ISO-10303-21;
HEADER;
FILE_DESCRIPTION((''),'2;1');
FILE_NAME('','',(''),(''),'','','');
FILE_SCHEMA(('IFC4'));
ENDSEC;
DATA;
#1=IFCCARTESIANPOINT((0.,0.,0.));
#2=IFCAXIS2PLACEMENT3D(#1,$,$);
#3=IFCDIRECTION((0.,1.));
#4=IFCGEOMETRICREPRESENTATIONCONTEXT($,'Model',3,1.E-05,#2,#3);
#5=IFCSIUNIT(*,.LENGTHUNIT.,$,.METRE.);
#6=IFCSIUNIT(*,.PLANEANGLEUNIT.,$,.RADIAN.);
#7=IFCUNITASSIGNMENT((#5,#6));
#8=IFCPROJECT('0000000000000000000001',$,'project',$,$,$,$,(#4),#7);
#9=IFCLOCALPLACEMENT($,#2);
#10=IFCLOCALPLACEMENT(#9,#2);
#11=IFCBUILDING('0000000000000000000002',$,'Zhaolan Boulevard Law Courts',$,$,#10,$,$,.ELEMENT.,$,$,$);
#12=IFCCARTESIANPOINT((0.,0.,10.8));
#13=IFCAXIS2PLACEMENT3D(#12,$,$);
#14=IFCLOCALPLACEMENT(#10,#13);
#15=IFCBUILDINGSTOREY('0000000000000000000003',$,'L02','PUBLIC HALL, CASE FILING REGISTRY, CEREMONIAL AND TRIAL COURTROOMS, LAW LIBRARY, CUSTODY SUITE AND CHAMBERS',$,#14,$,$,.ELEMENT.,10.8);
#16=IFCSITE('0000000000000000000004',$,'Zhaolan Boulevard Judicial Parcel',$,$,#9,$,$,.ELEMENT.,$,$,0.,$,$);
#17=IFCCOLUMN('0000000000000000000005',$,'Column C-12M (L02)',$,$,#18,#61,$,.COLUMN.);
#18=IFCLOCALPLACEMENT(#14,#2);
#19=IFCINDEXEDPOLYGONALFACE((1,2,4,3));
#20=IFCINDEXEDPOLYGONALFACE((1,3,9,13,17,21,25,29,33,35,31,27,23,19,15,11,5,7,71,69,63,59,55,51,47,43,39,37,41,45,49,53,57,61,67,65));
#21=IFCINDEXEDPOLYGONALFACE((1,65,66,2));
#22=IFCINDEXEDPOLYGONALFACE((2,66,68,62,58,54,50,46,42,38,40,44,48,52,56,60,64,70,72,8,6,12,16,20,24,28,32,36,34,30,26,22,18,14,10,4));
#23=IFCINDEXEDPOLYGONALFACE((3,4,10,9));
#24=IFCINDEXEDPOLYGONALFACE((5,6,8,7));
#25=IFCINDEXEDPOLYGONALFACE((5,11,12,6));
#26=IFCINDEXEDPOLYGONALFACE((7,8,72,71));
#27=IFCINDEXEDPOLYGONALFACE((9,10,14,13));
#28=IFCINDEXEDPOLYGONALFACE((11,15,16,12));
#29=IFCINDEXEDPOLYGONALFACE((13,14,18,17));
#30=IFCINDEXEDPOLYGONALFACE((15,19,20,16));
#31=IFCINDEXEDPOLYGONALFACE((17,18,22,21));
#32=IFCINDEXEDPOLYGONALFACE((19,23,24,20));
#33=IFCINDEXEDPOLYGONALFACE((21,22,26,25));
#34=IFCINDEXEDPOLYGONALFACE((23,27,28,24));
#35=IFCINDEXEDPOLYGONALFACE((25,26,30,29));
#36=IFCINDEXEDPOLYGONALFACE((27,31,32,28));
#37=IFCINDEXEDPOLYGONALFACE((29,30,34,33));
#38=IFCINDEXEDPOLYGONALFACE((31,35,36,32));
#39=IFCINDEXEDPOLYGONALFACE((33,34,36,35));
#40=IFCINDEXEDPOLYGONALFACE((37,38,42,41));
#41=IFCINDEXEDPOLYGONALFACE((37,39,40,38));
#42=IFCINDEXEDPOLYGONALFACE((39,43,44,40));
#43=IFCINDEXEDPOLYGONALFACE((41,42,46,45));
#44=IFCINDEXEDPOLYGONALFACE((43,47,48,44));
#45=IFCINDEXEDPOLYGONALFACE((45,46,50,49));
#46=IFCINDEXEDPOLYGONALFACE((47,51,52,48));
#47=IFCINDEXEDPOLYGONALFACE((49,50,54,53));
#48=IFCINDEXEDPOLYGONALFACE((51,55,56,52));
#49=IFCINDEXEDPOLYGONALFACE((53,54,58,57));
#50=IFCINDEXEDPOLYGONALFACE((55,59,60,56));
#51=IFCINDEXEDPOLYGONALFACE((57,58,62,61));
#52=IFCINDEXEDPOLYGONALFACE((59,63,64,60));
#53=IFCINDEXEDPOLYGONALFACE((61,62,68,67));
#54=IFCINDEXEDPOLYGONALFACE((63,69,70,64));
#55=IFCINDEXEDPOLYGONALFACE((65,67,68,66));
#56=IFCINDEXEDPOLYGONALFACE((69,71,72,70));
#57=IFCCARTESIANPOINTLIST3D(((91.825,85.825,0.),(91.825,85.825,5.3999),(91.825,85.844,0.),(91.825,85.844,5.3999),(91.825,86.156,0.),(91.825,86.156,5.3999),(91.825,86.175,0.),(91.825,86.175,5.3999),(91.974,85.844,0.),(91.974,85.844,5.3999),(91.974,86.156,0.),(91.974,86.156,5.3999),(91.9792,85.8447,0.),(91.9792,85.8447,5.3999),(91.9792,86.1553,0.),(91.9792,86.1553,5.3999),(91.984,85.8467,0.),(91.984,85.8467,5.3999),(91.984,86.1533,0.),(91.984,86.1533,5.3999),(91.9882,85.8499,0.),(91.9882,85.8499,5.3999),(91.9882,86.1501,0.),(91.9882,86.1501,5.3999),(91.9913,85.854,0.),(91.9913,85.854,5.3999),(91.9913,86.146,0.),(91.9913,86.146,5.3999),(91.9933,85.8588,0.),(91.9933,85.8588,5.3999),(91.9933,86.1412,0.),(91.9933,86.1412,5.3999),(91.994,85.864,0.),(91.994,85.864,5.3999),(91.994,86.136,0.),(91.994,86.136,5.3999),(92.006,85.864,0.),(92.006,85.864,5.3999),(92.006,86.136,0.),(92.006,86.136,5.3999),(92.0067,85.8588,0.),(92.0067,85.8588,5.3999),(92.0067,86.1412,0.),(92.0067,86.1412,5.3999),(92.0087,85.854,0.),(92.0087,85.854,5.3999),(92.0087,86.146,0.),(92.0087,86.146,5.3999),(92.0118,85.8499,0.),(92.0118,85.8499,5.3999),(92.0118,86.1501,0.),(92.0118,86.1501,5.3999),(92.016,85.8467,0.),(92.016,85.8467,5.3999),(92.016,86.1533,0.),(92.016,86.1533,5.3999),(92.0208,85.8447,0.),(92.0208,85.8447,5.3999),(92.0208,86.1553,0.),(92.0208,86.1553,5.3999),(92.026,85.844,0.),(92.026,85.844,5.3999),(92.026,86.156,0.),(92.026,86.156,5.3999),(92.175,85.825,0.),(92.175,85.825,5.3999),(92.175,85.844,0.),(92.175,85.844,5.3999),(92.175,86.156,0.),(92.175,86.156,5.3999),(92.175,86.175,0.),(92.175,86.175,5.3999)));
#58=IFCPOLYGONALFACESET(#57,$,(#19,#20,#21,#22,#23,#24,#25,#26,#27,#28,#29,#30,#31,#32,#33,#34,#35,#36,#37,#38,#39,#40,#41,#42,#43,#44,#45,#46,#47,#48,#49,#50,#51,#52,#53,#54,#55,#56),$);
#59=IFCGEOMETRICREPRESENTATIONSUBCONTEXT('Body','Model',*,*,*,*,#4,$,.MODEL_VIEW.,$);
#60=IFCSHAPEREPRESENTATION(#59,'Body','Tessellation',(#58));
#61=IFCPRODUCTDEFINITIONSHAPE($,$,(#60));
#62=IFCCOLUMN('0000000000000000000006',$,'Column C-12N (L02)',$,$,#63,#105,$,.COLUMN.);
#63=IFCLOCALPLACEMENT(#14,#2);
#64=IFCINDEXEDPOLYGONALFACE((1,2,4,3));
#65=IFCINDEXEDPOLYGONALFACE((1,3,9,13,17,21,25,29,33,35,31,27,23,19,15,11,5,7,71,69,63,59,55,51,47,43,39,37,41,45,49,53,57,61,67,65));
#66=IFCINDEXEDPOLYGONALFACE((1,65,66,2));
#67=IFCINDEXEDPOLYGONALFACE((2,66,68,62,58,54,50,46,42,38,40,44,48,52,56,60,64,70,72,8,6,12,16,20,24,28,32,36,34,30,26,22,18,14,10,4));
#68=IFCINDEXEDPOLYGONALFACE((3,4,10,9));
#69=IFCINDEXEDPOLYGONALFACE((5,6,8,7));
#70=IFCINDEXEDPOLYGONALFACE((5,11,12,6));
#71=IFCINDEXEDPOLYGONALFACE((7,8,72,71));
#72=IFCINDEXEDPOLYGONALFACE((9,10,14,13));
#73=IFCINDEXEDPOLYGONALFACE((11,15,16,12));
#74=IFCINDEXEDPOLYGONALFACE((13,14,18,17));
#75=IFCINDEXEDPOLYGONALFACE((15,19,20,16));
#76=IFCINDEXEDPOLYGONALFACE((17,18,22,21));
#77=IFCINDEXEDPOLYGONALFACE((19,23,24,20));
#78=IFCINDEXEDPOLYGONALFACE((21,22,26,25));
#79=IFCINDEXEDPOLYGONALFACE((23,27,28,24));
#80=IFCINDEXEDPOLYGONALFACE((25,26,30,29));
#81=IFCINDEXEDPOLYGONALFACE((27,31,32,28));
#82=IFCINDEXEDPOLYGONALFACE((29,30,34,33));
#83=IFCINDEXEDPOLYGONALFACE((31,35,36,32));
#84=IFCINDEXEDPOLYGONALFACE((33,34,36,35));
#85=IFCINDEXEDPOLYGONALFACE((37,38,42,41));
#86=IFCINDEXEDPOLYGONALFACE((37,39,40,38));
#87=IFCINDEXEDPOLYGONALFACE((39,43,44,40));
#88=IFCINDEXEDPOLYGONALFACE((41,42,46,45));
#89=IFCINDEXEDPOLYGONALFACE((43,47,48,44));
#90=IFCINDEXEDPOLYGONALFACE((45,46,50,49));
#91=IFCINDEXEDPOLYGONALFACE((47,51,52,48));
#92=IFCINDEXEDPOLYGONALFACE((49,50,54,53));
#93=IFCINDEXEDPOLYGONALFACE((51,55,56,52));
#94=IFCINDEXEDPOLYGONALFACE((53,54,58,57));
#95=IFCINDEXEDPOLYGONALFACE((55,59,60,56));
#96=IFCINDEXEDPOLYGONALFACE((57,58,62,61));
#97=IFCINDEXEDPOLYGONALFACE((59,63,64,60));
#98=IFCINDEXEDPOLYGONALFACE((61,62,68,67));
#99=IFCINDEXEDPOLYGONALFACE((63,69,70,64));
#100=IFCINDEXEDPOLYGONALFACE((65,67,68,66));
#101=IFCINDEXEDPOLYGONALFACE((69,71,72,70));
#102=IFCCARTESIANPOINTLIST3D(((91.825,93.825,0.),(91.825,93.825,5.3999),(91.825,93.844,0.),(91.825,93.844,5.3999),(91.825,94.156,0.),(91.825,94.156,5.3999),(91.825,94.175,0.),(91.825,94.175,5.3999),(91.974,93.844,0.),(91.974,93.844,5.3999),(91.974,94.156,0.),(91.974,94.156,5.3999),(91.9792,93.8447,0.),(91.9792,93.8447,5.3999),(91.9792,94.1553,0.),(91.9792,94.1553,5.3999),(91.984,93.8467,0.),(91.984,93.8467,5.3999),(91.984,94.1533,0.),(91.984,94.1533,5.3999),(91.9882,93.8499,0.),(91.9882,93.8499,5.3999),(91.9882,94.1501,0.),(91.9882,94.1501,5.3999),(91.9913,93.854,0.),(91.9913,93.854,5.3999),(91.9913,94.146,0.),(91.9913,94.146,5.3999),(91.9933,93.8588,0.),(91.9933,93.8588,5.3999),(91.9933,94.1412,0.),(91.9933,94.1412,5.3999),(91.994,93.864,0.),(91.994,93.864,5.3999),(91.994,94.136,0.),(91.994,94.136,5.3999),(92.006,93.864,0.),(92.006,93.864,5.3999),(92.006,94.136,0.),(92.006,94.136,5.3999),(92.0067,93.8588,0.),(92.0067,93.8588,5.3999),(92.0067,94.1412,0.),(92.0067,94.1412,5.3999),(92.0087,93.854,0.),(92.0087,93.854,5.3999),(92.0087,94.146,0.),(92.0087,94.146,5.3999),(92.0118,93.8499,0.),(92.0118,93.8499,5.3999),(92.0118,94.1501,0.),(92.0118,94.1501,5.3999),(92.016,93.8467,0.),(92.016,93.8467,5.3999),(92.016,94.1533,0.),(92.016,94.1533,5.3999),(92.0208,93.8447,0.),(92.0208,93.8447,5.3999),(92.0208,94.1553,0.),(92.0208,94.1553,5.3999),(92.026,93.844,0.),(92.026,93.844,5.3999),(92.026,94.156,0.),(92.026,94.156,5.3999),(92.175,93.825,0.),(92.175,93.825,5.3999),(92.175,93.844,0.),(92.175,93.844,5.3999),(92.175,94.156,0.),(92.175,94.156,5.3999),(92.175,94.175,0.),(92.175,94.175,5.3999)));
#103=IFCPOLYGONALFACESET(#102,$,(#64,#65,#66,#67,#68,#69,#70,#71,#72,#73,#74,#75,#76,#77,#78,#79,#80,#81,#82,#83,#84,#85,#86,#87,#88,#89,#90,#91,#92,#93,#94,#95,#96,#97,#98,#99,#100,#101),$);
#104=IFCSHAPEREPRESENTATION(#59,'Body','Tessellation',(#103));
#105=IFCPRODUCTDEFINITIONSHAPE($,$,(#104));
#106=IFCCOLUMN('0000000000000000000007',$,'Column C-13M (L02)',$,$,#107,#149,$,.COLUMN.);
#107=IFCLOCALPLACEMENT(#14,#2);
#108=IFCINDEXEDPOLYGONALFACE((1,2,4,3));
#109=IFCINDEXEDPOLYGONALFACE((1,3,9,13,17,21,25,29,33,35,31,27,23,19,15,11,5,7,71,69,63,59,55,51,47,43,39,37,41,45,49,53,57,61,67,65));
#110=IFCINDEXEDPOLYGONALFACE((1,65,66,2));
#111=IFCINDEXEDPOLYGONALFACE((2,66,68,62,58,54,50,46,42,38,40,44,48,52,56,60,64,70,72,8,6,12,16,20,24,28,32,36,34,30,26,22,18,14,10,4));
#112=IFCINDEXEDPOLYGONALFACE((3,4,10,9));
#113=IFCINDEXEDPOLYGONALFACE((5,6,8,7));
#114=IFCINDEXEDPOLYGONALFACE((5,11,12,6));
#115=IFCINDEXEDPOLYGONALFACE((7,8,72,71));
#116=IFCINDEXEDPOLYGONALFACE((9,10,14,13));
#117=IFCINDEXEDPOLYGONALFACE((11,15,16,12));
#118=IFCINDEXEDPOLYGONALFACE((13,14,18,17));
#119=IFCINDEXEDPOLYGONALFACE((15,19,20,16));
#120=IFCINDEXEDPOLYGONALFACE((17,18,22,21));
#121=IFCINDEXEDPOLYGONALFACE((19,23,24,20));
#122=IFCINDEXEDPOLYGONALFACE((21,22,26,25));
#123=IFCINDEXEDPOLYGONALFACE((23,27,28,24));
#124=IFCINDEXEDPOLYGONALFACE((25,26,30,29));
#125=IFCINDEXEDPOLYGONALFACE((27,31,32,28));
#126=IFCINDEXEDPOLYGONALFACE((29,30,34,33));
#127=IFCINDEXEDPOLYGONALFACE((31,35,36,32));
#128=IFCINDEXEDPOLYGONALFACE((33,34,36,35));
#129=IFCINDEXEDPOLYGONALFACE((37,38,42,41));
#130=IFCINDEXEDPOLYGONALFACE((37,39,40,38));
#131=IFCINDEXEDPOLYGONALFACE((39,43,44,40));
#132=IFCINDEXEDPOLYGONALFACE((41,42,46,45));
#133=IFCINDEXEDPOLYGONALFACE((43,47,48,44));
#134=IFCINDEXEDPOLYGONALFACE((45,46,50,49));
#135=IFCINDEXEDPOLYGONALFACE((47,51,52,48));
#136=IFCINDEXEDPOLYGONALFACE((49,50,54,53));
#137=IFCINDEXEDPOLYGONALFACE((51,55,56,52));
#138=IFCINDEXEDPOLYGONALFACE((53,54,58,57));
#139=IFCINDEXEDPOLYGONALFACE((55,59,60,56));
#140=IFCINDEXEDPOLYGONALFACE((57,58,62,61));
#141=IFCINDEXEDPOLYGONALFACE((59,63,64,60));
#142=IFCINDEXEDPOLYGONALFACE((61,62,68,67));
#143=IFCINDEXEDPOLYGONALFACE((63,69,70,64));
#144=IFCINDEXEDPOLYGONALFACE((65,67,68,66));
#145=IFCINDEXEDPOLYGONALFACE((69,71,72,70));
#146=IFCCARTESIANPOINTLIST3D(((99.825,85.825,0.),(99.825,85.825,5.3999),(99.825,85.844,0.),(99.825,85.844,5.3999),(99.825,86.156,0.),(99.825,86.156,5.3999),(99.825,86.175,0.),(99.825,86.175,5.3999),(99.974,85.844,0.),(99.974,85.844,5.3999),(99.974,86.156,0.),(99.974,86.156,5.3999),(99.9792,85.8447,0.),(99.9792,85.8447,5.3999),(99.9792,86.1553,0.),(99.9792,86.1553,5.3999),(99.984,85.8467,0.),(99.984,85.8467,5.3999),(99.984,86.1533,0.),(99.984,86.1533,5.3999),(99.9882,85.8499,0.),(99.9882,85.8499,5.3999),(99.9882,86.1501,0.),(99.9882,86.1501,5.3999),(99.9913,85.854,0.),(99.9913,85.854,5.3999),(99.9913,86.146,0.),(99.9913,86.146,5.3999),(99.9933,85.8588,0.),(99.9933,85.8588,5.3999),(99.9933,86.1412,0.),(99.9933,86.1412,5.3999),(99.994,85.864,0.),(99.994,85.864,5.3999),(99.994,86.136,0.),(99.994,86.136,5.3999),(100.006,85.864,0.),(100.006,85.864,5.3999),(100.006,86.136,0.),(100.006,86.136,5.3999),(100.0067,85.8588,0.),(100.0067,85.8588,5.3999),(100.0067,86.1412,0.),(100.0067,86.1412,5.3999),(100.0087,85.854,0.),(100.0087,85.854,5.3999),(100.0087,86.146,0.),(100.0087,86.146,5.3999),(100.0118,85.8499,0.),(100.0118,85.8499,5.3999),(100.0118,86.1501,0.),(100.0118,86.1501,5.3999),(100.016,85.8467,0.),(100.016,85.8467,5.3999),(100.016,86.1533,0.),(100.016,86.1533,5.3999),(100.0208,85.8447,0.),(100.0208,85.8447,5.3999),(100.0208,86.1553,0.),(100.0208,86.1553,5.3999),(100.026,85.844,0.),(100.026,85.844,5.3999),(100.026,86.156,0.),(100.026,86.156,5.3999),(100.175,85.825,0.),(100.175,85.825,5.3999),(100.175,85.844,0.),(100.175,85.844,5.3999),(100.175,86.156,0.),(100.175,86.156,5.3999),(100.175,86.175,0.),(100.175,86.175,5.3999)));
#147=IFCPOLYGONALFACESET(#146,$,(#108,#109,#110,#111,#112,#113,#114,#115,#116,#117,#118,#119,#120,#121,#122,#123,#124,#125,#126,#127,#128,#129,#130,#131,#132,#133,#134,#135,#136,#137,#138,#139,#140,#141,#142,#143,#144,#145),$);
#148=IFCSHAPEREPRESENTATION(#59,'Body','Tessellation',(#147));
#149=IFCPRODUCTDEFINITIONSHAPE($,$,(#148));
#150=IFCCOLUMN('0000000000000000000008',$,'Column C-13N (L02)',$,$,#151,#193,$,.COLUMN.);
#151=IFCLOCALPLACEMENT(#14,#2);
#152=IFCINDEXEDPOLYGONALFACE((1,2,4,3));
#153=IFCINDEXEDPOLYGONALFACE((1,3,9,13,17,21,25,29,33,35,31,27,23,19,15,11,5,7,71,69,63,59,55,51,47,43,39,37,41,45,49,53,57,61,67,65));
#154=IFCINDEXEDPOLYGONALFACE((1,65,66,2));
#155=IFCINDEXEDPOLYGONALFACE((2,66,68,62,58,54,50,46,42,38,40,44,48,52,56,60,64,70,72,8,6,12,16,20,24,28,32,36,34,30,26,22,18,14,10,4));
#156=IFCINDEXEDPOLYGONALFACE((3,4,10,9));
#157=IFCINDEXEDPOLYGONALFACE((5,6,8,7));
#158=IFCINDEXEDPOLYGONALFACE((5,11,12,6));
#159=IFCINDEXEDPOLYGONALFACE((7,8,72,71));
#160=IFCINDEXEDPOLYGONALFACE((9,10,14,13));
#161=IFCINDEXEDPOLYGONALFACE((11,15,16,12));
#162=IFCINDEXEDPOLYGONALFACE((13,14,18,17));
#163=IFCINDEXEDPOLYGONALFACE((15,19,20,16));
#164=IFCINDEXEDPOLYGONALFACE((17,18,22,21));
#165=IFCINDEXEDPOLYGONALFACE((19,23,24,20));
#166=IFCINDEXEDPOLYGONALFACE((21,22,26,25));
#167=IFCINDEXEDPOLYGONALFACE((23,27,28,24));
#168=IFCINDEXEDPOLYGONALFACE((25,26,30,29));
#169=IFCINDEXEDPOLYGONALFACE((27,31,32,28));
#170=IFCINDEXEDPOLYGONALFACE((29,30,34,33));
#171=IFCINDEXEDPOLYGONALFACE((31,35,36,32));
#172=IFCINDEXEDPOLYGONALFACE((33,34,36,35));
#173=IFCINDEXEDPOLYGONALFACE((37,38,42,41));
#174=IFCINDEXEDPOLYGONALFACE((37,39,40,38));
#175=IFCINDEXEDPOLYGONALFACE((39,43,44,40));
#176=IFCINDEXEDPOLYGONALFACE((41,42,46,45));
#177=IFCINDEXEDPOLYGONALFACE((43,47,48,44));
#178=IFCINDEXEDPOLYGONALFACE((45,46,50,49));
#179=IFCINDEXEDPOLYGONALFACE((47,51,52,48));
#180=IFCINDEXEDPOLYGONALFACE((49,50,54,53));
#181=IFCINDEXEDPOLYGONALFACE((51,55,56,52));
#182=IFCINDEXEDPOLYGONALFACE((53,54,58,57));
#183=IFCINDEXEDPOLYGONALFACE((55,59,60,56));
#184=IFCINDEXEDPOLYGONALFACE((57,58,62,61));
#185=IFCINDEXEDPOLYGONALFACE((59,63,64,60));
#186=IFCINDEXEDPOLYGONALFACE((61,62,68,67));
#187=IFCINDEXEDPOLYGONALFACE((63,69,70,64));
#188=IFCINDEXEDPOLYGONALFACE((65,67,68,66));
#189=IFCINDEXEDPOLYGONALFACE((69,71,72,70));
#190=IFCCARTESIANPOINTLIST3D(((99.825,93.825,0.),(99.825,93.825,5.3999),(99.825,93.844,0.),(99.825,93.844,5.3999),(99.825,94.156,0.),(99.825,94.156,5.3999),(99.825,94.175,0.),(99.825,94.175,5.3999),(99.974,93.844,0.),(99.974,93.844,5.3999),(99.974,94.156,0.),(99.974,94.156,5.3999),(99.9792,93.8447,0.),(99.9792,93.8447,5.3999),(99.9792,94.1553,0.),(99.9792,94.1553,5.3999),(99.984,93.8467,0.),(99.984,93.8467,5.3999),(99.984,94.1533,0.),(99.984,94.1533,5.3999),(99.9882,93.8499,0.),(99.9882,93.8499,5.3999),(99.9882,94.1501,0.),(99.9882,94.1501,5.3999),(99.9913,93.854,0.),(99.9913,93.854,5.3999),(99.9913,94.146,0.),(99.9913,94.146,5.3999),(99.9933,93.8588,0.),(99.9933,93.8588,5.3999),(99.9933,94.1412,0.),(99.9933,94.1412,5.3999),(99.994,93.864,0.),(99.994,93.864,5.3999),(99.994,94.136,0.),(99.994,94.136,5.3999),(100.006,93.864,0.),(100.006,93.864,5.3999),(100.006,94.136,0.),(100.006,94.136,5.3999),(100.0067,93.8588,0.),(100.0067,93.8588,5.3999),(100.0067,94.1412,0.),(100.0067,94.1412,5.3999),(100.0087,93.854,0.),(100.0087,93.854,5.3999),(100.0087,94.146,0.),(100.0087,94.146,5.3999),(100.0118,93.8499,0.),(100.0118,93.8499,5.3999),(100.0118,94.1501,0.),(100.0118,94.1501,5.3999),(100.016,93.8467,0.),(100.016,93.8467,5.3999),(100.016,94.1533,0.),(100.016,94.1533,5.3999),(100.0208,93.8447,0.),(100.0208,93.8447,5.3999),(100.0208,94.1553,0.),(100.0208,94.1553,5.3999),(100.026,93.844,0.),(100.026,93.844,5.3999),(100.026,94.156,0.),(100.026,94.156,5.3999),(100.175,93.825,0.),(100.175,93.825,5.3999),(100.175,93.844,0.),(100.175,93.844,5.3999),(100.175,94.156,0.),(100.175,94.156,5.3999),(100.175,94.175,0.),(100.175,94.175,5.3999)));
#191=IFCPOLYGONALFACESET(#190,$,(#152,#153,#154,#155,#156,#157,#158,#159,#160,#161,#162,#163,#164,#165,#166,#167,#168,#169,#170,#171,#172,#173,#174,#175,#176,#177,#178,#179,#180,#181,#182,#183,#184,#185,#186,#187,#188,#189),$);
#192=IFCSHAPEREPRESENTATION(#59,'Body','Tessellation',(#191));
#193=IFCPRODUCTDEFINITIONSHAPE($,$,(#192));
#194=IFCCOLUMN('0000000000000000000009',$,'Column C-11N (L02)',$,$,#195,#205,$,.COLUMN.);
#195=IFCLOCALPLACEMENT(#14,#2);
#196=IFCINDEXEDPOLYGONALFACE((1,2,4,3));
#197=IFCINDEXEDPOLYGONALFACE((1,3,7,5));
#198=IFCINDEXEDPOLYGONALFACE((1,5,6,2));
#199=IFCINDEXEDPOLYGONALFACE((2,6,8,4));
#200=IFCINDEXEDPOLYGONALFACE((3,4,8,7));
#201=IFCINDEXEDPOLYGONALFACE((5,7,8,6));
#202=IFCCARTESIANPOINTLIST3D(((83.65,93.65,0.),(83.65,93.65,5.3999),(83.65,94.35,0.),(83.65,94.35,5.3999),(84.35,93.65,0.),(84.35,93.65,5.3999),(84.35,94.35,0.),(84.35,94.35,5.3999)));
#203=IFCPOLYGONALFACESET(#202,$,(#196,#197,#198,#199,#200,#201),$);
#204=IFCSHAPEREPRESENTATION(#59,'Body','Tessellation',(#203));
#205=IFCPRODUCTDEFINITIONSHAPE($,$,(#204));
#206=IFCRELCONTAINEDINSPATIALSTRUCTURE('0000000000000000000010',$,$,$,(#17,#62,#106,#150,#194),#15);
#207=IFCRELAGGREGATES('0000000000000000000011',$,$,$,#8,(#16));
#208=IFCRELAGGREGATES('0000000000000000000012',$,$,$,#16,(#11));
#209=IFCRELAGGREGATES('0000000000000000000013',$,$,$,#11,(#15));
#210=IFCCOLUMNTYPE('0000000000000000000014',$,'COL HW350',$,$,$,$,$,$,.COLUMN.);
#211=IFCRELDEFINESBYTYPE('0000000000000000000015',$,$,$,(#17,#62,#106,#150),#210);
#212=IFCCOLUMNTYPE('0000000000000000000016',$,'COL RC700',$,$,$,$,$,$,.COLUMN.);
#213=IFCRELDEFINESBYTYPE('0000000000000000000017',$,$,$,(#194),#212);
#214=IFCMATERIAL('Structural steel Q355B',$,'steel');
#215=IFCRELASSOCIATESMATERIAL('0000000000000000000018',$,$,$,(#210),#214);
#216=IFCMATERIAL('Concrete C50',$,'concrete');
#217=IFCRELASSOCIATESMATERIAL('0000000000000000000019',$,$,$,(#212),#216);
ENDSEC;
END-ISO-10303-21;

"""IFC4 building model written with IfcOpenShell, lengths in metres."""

from ifc_helpers import new_model, si_unit, direction, frame, origin, origin_2d, place, context, subcontext, project, spatial, rectangle, i_section, extrude, material, material_profile, profile_set, type_object, element, save


model = new_model("IFC4")

# Units and contexts
model_context = context("Model", 3, precision=1e-05, world=origin(), true_north=direction((0.0, 1.0)))
body_context = subcontext(model_context, "Body", "Model", "MODEL_VIEW")
ifc_project = project(units=[si_unit("LENGTHUNIT", "METRE"), si_unit("PLANEANGLEUNIT", "RADIAN")], contexts=[model_context])

# Site, building, storey
site_placement = place(None, origin())
site = spatial("IfcSite", under=ifc_project, at=site_placement, Name="Zhaolan Boulevard Judicial Parcel", CompositionType="ELEMENT", RefElevation=0.0)
building_placement = place(site_placement, origin())
building = spatial("IfcBuilding", under=site, at=building_placement, Name="Zhaolan Boulevard Law Courts", CompositionType="ELEMENT")
storey_placement = place(building_placement, frame((0.0, 0.0, 10.8)))
storey = spatial("IfcBuildingStorey", under=building, at=storey_placement, Name="L02", Description="PUBLIC HALL, CASE FILING REGISTRY, CEREMONIAL AND TRIAL COURTROOMS, LAW LIBRARY, CUSTODY SUITE AND CHAMBERS", CompositionType="ELEMENT", Elevation=10.8)

# Columns
ifc_material_1 = material(Name="Structural steel Q355B", Category="steel")
ifc_material_profile_1 = material_profile(ifc_material_1, i_section(OverallWidth=0.3501, OverallDepth=0.3501, WebThickness=0.012, FlangeThickness=0.019, FilletRadius=0.02, at=origin_2d()), Name="HW350x350")
ifc_profile_set_1 = profile_set([ifc_material_profile_1], Name="Structural steel Q355B")
column_type_1 = type_object("IfcColumnType", Name="COL HW350", PredefinedType="COLUMN", material=ifc_profile_set_1)
for number, where, z_axis, x_axis, name in (
    (1, (92.0, 86.0, 0.0), (0.0, 0.0, 1.0), (1.0, 0.0, 0.0), "Column C-12M (L02)"),
    (2, (92.0, 94.0, 0.0), (0.0, 0.0, 1.0), (1.0, 0.0, 0.0), "Column C-12N (L02)"),
    (3, (100.0, 86.0, 0.0), (0.0, 0.0, 1.0), (1.0, 0.0, 0.0), "Column C-13M (L02)"),
    (4, (100.0, 94.0, 0.0), (0.0, 0.0, 1.0), (1.0, 0.0, 0.0), "Column C-13N (L02)"),
):
    element("IfcColumn", number, at=place(storey_placement, frame(where, z_axis=z_axis, x_axis=x_axis)), inside=storey, type_object=column_type_1, Name=name, PredefinedType="COLUMN", context=body_context, shape_type="SweptSolid", body=[
        extrude(i_section(OverallWidth=0.3501, OverallDepth=0.3501, WebThickness=0.012, FlangeThickness=0.019, FilletRadius=0.02, at=origin_2d()), origin(), (0.0, 0.0, 1.0), 5.3999),
    ])
ifc_material_2 = material(Name="Concrete C50", Category="concrete")
ifc_material_profile_2 = material_profile(ifc_material_2, rectangle(XDim=0.7, YDim=0.7, at=origin_2d()), Name="RC700x700")
ifc_profile_set_2 = profile_set([ifc_material_profile_2], Name="Concrete C50")
column_type_2 = type_object("IfcColumnType", Name="COL RC700", PredefinedType="COLUMN", material=ifc_profile_set_2)
column_placement = place(storey_placement, frame((84.0, 94.0, 0.0), z_axis=(0.0, 0.0, 1.0), x_axis=(1.0, 0.0, 0.0)))
element("IfcColumn", 5, at=column_placement, inside=storey, type_object=column_type_2, Name="Column C-11N (L02)", PredefinedType="COLUMN", context=body_context, shape_type="SweptSolid", body=[
    extrude(rectangle(XDim=0.7, YDim=0.7, at=origin_2d()), origin(), (0.0, 0.0, 1.0), 5.3999),
])

save(model, "model.ifc")
